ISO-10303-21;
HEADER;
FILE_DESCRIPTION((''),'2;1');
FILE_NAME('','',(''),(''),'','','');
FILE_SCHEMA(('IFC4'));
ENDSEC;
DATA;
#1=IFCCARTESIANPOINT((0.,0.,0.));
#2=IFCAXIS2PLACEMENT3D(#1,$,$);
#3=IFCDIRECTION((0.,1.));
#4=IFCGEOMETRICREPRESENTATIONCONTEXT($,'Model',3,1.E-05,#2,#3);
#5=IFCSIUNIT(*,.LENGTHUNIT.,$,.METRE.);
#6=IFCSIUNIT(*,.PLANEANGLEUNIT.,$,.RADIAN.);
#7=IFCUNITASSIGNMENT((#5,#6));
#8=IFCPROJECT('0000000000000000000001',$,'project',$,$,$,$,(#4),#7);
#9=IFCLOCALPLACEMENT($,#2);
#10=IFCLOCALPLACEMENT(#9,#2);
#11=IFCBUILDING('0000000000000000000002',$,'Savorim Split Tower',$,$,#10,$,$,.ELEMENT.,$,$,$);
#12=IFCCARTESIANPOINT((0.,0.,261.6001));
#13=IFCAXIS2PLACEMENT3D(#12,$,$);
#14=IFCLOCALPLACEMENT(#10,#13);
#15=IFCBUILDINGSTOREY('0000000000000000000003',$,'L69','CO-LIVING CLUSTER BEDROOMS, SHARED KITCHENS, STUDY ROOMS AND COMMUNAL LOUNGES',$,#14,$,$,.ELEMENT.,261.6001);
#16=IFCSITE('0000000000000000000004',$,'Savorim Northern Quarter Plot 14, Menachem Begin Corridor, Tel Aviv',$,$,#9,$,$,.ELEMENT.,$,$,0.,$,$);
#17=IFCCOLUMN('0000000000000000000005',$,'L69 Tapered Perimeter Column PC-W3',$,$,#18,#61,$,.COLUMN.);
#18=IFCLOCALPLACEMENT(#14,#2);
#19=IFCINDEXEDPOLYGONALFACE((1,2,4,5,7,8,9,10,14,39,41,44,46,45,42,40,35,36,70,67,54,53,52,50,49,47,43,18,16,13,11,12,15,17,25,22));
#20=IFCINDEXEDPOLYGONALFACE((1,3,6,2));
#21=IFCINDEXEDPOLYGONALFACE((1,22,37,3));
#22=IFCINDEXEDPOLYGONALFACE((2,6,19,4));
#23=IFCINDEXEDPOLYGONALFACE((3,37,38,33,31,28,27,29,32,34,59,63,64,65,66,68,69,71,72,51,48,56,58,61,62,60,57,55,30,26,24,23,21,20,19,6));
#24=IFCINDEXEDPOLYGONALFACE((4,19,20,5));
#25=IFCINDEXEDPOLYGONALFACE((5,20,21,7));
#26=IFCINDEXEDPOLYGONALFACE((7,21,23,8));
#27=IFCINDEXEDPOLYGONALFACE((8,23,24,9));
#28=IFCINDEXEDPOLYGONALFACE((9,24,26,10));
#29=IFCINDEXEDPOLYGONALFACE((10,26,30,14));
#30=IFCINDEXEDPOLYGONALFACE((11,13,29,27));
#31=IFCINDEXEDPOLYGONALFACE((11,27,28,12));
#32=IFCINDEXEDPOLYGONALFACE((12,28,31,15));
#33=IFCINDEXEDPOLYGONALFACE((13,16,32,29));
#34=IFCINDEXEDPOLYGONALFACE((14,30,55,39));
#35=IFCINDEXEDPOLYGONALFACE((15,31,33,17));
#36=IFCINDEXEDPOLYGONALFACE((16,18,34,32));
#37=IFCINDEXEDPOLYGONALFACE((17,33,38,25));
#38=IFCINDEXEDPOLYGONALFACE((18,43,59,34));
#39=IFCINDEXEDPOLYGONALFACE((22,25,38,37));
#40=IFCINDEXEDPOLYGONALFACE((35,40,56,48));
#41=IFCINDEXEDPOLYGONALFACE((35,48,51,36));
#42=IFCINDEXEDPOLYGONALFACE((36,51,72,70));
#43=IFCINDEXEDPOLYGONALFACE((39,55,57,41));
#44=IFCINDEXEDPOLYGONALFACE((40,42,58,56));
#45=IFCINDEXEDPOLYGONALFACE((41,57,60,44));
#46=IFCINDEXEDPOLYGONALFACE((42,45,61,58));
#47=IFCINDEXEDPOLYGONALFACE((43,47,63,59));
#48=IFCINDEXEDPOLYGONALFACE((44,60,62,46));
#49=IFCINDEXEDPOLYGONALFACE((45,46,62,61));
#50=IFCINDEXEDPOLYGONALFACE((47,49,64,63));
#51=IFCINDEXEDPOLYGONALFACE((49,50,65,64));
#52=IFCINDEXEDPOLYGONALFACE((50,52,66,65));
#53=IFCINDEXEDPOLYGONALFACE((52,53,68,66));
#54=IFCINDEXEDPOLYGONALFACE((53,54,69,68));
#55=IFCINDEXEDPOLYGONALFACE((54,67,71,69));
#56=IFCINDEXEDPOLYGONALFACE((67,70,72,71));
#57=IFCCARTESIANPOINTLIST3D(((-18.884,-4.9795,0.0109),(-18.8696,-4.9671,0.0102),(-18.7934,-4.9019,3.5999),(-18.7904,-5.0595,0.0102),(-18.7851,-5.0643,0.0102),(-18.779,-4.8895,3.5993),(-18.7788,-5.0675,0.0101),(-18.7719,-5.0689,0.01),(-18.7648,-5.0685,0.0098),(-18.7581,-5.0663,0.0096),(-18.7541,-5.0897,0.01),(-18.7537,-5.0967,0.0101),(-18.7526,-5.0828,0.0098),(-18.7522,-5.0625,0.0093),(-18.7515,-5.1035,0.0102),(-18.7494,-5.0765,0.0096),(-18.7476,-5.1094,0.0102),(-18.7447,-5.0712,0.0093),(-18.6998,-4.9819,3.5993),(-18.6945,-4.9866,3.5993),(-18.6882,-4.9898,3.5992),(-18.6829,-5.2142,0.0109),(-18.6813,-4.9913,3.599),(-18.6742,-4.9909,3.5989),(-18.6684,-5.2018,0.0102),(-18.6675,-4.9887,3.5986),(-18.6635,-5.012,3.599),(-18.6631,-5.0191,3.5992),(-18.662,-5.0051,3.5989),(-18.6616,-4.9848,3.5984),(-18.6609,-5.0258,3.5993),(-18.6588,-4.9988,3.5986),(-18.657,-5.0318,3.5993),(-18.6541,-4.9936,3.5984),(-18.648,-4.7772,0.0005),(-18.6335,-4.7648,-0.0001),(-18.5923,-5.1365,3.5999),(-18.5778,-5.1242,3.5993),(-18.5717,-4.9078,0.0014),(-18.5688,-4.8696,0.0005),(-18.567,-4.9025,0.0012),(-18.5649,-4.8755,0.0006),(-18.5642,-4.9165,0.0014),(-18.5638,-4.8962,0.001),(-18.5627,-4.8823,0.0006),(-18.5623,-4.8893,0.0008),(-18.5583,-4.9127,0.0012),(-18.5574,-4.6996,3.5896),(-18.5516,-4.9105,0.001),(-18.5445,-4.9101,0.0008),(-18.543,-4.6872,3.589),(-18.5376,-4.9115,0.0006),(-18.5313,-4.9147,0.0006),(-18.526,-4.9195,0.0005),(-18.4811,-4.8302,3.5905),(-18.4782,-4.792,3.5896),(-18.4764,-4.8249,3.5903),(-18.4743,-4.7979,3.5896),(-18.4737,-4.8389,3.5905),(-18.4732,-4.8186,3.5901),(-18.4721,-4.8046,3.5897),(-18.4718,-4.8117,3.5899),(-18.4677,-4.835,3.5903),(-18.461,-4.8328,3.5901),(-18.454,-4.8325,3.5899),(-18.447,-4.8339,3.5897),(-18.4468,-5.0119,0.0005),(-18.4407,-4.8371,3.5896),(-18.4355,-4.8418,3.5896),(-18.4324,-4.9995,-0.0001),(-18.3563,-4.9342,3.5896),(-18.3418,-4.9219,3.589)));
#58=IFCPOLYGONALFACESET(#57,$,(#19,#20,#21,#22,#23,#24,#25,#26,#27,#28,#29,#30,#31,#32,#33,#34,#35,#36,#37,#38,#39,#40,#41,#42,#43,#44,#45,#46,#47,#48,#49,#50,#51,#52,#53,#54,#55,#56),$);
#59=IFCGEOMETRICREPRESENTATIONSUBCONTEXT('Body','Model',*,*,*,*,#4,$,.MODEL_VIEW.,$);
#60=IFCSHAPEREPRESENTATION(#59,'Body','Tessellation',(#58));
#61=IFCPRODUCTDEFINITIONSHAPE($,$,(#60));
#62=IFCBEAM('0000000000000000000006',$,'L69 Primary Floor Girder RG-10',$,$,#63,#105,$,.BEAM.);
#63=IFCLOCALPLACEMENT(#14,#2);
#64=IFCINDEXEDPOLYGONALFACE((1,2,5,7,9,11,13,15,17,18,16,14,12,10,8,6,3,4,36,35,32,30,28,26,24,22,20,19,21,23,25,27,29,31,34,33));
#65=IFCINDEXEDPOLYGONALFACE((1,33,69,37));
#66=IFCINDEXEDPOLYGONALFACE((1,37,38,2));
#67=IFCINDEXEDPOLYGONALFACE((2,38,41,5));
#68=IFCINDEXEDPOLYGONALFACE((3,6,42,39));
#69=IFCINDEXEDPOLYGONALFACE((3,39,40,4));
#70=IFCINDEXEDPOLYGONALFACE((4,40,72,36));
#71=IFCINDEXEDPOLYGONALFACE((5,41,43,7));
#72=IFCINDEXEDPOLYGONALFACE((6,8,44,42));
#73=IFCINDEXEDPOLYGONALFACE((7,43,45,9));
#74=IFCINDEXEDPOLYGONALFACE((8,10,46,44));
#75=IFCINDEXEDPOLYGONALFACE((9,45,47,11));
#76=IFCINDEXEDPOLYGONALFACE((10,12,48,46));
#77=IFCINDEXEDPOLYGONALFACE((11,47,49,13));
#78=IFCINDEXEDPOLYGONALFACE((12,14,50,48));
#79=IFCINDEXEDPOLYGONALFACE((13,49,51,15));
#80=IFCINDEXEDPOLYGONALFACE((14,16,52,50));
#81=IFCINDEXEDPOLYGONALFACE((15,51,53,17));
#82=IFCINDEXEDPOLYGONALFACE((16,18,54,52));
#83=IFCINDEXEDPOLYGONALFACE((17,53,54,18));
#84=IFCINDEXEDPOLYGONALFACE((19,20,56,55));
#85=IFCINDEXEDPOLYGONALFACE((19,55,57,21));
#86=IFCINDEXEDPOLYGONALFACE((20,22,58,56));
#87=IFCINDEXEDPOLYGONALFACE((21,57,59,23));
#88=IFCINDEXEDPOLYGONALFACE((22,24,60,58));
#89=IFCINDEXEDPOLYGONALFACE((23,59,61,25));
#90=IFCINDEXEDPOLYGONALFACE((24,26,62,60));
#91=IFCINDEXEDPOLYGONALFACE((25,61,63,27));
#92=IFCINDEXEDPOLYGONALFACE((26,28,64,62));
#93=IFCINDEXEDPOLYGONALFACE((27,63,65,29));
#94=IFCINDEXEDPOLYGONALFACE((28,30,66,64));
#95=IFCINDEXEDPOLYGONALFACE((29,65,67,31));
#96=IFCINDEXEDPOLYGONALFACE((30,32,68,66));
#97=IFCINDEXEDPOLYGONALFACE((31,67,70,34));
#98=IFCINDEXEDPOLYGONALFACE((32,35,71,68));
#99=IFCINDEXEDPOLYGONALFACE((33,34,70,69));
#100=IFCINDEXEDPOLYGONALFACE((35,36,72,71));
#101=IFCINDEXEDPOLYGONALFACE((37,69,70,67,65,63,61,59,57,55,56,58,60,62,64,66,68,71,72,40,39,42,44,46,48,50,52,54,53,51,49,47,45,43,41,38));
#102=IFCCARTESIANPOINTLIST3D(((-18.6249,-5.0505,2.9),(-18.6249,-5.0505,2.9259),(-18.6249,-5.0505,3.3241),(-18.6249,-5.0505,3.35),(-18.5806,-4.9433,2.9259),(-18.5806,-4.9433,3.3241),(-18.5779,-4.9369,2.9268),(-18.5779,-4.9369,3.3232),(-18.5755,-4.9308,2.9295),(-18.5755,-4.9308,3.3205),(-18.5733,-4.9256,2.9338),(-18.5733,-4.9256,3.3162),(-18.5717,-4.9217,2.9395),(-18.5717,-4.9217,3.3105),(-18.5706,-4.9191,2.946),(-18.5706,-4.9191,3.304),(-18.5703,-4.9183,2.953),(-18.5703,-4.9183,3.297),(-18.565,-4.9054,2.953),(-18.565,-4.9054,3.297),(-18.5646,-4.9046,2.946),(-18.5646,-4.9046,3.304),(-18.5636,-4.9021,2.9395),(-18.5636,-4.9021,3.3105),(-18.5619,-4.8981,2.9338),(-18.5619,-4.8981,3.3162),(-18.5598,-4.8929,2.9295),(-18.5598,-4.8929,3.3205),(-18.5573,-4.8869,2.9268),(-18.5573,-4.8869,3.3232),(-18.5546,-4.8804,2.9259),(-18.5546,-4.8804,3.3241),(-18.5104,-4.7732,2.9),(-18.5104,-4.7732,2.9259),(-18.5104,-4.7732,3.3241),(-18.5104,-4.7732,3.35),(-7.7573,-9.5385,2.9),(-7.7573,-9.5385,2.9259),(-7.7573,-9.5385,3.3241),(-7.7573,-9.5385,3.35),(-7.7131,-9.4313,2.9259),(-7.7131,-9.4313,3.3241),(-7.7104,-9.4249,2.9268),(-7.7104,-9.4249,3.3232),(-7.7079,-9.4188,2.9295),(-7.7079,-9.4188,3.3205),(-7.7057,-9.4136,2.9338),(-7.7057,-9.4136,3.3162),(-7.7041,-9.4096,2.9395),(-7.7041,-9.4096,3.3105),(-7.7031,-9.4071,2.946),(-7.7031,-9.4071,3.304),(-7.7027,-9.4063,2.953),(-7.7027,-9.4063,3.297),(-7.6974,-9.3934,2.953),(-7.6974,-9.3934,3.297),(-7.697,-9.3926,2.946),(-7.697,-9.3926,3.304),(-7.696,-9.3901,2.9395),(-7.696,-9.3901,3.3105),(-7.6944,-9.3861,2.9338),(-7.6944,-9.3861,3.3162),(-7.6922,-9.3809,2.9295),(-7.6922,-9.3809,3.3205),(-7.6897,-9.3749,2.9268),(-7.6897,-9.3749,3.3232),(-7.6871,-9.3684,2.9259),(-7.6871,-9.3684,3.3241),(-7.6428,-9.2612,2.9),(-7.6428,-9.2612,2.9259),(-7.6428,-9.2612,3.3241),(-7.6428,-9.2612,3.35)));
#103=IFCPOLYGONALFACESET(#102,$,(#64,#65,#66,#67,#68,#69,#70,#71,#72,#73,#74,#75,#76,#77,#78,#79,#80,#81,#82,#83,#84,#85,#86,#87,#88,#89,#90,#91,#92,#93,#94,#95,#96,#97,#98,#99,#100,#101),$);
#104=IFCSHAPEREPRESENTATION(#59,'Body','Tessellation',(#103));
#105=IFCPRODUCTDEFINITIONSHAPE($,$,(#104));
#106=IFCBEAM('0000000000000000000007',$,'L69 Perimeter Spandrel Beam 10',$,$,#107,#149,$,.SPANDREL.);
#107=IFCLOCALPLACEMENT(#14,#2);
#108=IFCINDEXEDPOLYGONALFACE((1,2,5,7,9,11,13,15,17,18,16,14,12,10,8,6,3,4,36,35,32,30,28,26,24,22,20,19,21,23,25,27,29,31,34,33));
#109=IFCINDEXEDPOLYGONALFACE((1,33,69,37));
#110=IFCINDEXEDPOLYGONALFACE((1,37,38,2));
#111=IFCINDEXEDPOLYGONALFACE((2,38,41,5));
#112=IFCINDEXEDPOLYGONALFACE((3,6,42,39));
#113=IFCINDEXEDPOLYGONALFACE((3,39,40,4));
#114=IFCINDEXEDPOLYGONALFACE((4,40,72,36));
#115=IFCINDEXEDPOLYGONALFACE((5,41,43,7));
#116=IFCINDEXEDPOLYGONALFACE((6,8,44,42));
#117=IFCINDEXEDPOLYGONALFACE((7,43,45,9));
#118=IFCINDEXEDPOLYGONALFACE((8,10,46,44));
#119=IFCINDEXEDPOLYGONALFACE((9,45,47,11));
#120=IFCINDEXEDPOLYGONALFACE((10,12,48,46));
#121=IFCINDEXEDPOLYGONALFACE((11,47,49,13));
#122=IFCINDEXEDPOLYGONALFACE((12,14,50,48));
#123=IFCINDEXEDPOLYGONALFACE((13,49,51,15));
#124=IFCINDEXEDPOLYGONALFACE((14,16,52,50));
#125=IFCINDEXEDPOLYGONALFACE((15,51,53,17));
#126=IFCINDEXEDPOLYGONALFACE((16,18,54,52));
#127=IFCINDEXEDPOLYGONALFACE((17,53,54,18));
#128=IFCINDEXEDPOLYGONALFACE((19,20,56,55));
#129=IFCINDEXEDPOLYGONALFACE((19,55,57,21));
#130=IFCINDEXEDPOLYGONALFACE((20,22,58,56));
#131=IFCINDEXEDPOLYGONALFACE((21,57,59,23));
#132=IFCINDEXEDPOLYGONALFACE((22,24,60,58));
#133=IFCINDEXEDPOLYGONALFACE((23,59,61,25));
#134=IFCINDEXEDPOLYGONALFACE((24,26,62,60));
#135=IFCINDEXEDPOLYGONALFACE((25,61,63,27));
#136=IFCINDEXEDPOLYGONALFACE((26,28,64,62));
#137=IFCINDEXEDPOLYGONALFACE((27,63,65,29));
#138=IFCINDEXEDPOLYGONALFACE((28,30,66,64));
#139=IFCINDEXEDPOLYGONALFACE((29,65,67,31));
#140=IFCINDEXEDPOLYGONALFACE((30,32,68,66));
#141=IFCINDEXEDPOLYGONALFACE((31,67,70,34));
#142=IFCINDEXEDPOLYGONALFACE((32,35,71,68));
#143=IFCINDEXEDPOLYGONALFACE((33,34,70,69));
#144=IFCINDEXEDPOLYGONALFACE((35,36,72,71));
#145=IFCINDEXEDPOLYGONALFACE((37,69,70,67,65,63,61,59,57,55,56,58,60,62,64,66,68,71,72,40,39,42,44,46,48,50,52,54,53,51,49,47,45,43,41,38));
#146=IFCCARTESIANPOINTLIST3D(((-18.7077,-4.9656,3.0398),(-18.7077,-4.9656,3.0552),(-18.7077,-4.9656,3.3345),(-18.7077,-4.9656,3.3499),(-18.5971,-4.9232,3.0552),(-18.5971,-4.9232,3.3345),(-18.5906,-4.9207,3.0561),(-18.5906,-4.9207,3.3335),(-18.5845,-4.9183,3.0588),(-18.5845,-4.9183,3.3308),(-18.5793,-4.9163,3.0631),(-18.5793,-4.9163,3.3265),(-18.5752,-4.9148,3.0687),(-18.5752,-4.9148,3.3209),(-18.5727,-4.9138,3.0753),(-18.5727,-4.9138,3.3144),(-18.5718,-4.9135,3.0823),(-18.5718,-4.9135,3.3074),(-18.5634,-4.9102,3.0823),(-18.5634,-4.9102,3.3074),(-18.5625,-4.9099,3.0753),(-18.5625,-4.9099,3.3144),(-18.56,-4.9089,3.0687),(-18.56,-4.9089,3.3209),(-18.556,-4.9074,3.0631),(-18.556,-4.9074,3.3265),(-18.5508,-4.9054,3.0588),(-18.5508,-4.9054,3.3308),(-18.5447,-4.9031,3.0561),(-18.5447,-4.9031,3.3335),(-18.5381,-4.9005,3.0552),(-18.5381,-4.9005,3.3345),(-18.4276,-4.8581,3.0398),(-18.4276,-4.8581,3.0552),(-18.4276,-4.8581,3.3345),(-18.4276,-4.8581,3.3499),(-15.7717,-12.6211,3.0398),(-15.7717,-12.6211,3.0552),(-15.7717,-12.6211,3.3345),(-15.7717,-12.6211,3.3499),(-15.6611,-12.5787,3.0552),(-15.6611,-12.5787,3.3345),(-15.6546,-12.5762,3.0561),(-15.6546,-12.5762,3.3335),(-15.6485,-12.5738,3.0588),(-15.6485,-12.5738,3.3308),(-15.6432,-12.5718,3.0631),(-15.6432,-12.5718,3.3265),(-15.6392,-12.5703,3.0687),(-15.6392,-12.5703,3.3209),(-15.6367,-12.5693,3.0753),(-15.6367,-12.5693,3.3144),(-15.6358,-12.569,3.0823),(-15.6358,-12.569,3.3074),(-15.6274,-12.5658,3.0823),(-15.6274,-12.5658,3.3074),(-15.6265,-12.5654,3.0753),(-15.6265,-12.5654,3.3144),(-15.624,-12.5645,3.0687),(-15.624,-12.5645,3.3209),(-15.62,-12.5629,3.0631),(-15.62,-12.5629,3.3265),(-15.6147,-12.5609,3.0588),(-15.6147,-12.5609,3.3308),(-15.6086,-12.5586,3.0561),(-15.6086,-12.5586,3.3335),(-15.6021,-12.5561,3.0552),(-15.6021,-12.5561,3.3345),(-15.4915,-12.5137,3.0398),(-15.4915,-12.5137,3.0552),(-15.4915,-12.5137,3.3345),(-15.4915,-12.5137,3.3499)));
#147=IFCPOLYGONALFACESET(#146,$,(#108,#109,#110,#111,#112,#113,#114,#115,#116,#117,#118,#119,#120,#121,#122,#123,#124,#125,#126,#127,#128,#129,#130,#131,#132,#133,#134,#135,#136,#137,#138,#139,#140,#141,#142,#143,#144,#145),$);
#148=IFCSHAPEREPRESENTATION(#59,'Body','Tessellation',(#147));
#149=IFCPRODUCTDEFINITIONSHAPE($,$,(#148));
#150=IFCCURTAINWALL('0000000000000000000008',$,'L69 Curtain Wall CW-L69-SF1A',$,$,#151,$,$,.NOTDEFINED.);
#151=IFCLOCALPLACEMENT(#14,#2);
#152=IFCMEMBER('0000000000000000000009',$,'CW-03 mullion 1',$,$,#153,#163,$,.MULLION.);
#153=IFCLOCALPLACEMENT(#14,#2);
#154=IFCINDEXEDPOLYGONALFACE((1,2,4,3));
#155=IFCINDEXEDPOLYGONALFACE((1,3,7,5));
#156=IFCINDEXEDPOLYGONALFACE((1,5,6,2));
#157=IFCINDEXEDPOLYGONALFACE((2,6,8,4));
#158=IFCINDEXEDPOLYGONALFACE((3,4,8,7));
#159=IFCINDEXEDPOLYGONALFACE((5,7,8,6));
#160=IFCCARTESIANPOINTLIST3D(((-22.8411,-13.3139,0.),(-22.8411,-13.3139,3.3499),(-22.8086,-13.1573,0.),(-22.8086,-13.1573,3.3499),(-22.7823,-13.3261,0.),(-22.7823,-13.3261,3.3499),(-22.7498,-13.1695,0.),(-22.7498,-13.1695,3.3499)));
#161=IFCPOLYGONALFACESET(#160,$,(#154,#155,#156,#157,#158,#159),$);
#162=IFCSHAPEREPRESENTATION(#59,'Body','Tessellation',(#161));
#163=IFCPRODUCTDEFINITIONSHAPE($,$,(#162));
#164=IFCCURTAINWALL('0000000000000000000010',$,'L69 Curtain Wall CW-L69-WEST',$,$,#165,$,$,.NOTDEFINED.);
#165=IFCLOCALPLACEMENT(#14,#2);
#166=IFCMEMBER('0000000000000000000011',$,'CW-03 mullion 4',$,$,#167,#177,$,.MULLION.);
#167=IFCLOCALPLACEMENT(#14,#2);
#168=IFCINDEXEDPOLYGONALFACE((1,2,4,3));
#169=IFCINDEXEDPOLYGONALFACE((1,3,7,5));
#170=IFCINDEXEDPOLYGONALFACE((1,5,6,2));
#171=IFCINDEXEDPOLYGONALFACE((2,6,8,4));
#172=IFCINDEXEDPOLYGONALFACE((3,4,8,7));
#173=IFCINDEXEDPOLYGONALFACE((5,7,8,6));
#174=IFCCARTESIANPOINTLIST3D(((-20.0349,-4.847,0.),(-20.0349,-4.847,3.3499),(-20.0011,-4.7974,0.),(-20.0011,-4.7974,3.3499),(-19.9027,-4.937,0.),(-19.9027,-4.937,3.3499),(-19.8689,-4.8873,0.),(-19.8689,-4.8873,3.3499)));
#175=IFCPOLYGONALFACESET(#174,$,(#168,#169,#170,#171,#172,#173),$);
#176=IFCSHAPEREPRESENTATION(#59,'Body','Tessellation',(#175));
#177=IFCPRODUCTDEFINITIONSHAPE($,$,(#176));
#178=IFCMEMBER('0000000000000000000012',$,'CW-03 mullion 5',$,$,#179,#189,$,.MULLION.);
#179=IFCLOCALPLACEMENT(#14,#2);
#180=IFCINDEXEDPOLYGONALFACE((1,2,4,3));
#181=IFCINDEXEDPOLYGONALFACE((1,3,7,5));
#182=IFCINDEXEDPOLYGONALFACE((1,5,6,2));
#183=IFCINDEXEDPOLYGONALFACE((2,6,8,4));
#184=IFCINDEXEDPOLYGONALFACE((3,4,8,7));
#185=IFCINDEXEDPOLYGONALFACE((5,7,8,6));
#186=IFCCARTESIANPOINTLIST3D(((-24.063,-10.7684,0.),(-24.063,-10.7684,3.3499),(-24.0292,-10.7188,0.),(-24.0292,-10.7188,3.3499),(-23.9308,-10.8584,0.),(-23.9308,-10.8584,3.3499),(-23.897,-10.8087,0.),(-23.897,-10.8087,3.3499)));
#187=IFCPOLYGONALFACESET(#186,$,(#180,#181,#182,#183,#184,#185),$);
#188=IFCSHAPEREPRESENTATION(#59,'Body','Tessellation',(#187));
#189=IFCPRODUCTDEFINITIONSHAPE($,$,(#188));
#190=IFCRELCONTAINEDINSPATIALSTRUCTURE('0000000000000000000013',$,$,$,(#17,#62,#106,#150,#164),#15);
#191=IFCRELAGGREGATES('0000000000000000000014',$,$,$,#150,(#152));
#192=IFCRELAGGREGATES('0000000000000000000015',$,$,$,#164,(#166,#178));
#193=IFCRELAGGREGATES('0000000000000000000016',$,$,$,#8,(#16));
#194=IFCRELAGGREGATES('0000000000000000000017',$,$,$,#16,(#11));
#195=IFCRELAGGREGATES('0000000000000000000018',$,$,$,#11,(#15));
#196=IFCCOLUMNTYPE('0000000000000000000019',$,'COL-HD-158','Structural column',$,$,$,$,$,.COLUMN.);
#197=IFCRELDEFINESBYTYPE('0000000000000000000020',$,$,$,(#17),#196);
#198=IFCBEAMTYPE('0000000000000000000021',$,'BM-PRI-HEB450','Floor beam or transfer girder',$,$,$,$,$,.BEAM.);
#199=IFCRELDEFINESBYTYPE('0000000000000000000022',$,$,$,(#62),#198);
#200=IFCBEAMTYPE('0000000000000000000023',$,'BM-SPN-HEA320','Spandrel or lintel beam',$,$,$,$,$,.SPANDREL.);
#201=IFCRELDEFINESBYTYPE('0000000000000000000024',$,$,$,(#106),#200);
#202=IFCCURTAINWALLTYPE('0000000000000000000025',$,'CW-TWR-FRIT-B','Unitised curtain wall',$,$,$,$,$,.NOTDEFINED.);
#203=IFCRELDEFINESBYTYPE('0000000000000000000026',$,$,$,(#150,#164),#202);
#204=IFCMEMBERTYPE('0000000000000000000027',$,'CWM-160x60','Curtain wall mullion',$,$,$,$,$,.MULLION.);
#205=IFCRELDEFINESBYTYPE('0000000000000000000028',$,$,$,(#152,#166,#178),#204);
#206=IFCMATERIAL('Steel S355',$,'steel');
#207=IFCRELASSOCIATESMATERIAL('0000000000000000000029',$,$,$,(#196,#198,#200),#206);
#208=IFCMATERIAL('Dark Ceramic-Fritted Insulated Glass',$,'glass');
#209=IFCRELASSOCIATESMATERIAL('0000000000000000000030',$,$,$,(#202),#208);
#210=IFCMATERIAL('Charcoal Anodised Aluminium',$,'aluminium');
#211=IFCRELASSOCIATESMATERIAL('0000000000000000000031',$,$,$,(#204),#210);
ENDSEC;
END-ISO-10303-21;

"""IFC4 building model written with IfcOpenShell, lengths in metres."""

from ifc_helpers import new_model, si_unit, direction, frame, origin, origin_2d, place, context, subcontext, project, spatial, rectangle, i_section, extrude, material, material_profile, profile_set, type_object, element, aggregate, save


model = new_model("IFC4")

# Units and contexts
model_context = context("Model", 3, precision=1e-05, world=origin(), true_north=direction((0.0, 1.0)))
body_context = subcontext(model_context, "Body", "Model", "MODEL_VIEW")
ifc_project = project(units=[si_unit("LENGTHUNIT", "METRE"), si_unit("PLANEANGLEUNIT", "RADIAN")], contexts=[model_context])

# Site, building, storey
site_placement = place(None, origin())
site = spatial("IfcSite", under=ifc_project, at=site_placement, Name="Savorim Northern Quarter Plot 14, Menachem Begin Corridor, Tel Aviv", CompositionType="ELEMENT", RefElevation=0.0)
building_placement = place(site_placement, origin())
building = spatial("IfcBuilding", under=site, at=building_placement, Name="Savorim Split Tower", CompositionType="ELEMENT")
storey_placement = place(building_placement, frame((0.0, 0.0, 261.6001)))
storey = spatial("IfcBuildingStorey", under=building, at=storey_placement, Name="L69", Description="CO-LIVING CLUSTER BEDROOMS, SHARED KITCHENS, STUDY ROOMS AND COMMUNAL LOUNGES", CompositionType="ELEMENT", Elevation=261.6001)

# Column
ifc_material_1 = material(Name="Steel S355", Category="steel")
ifc_material_profile_1 = material_profile(ifc_material_1, i_section(OverallWidth=0.3091, OverallDepth=0.3301, WebThickness=0.0115, FlangeThickness=0.019, FilletRadius=0.0271, at=origin_2d()), Name="HD 320x158")
ifc_profile_set_1 = profile_set([ifc_material_profile_1], Name="Steel S355")
column_type = type_object("IfcColumnType", Name="COL-HD-158", Description="Structural column", PredefinedType="COLUMN", material=ifc_profile_set_1)
column_placement = place(storey_placement, frame((-18.6582, -4.9895, 0.0054), z_axis=(0.025222, 0.021619, 0.999448), x_axis=(-0.650791, 0.759257, 0.0)))
element("IfcColumn", 1, at=column_placement, inside=storey, type_object=column_type, Name="L69 Tapered Perimeter Column PC-W3", PredefinedType="COLUMN", context=body_context, shape_type="SweptSolid", body=[
    extrude(i_section(OverallWidth=0.3091, OverallDepth=0.3301, WebThickness=0.0115, FlangeThickness=0.019, FilletRadius=0.0271, at=origin_2d()), origin(), (0.0, 0.0, 1.0), 3.5911),
])

# Beams
ifc_material_profile_2 = material_profile(ifc_material_1, i_section(OverallWidth=0.3, OverallDepth=0.45, WebThickness=0.0139, FlangeThickness=0.0259, FilletRadius=0.0271, at=origin_2d()), Name="HEB 450")
ifc_profile_set_2 = profile_set([ifc_material_profile_2], Name="Steel S355")
beam_type_1 = type_object("IfcBeamType", Name="BM-PRI-HEB450", Description="Floor beam or transfer girder", PredefinedType="BEAM", material=ifc_profile_set_2)
beam_1_placement = place(storey_placement, frame((-18.5676, -4.9119, 3.125), z_axis=(0.924285, -0.381703, 0.0), x_axis=(0.381703, 0.924285, 0.0)))
element("IfcBeam", 2, at=beam_1_placement, inside=storey, type_object=beam_type_1, Name="L69 Primary Floor Girder RG-10", PredefinedType="BEAM", context=body_context, shape_type="SweptSolid", body=[
    extrude(i_section(OverallWidth=0.3, OverallDepth=0.45, WebThickness=0.0139, FlangeThickness=0.0259, FilletRadius=0.0271, at=origin_2d()), origin(), (0.0, 0.0, 1.0), 11.7578),
])
ifc_material_profile_3 = material_profile(ifc_material_1, i_section(OverallWidth=0.3, OverallDepth=0.3101, WebThickness=0.009, FlangeThickness=0.0154, FilletRadius=0.0271, at=origin_2d()), Name="HEA 320")
ifc_profile_set_3 = profile_set([ifc_material_profile_3], Name="Steel S355")
beam_type_2 = type_object("IfcBeamType", Name="BM-SPN-HEA320", Description="Spandrel or lintel beam", PredefinedType="SPANDREL", material=ifc_profile_set_3)
beam_2_placement = place(storey_placement, frame((-18.5676, -4.9119, 3.1948), z_axis=(0.358087, -0.933688, 0.0), x_axis=(0.933688, 0.358087, 0.0)))
element("IfcBeam", 3, at=beam_2_placement, inside=storey, type_object=beam_type_2, Name="L69 Perimeter Spandrel Beam 10", PredefinedType="SPANDREL", context=body_context, shape_type="SweptSolid", body=[
    extrude(i_section(OverallWidth=0.3, OverallDepth=0.3101, WebThickness=0.009, FlangeThickness=0.0154, FilletRadius=0.0271, at=origin_2d()), origin(), (0.0, 0.0, 1.0), 8.1992),
])

# Curtain wall, member
ifc_material_2 = material(Name="Dark Ceramic-Fritted Insulated Glass", Category="glass")
curtain_wall_type = type_object("IfcCurtainWallType", Name="CW-TWR-FRIT-B", Description="Unitised curtain wall", PredefinedType="NOTDEFINED", material=ifc_material_2)
curtain_wall_1_placement = place(storey_placement, origin())
curtain_wall_1 = element("IfcCurtainWall", 4, at=curtain_wall_1_placement, inside=storey, type_object=curtain_wall_type, Name="L69 Curtain Wall CW-L69-SF1A", PredefinedType="NOTDEFINED")
ifc_material_3 = material(Name="Charcoal Anodised Aluminium", Category="aluminium")
ifc_material_profile_4 = material_profile(ifc_material_3, rectangle(XDim=0.1599, YDim=0.0601, at=origin_2d()), Name="ALU-M 160x60")
ifc_profile_set_4 = profile_set([ifc_material_profile_4], Name="Charcoal Anodised Aluminium")
member_type_1 = type_object("IfcMemberType", Name="CWM-160x60", Description="Curtain wall mullion", PredefinedType="MULLION", material=ifc_profile_set_4)
member_1_placement = place(storey_placement, frame((-22.7954, -13.2417, 0.0), z_axis=(0.0, 0.0, 1.0), x_axis=(0.20321, 0.979135, 0.0)))
member_1 = element("IfcMember", 5, at=member_1_placement, type_object=member_type_1, Name="CW-03 mullion 1", PredefinedType="MULLION", context=body_context, shape_type="SweptSolid", body=[
    extrude(rectangle(XDim=0.1599, YDim=0.0601, at=origin_2d()), origin(), (0.0, 0.0, 1.0), 3.3499),
])

# Curtain wall, members
curtain_wall_2_placement = place(storey_placement, origin())
curtain_wall_2 = element("IfcCurtainWall", 6, at=curtain_wall_2_placement, inside=storey, type_object=curtain_wall_type, Name="L69 Curtain Wall CW-L69-WEST", PredefinedType="NOTDEFINED")
member_2_placement = place(storey_placement, frame((-19.9519, -4.8672, 0.0), z_axis=(0.0, 0.0, 1.0), x_axis=(0.826817, -0.56247, 0.0)))
member_2 = element("IfcMember", 7, at=member_2_placement, type_object=member_type_1, Name="CW-03 mullion 4", PredefinedType="MULLION", context=body_context, shape_type="SweptSolid", body=[
    extrude(rectangle(XDim=0.1599, YDim=0.0601, at=origin_2d()), origin(), (0.0, 0.0, 1.0), 3.3499),
])
member_3_placement = place(storey_placement, frame((-23.98, -10.7886, 0.0), z_axis=(0.0, 0.0, 1.0), x_axis=(0.826817, -0.56247, 0.0)))
member_3 = element("IfcMember", 8, at=member_3_placement, type_object=member_type_1, Name="CW-03 mullion 5", PredefinedType="MULLION", context=body_context, shape_type="SweptSolid", body=[
    extrude(rectangle(XDim=0.1599, YDim=0.0601, at=origin_2d()), origin(), (0.0, 0.0, 1.0), 3.3499),
])

aggregate(curtain_wall_1, [member_1])
aggregate(curtain_wall_2, [member_2, member_3])

save(model, "model.ifc")
